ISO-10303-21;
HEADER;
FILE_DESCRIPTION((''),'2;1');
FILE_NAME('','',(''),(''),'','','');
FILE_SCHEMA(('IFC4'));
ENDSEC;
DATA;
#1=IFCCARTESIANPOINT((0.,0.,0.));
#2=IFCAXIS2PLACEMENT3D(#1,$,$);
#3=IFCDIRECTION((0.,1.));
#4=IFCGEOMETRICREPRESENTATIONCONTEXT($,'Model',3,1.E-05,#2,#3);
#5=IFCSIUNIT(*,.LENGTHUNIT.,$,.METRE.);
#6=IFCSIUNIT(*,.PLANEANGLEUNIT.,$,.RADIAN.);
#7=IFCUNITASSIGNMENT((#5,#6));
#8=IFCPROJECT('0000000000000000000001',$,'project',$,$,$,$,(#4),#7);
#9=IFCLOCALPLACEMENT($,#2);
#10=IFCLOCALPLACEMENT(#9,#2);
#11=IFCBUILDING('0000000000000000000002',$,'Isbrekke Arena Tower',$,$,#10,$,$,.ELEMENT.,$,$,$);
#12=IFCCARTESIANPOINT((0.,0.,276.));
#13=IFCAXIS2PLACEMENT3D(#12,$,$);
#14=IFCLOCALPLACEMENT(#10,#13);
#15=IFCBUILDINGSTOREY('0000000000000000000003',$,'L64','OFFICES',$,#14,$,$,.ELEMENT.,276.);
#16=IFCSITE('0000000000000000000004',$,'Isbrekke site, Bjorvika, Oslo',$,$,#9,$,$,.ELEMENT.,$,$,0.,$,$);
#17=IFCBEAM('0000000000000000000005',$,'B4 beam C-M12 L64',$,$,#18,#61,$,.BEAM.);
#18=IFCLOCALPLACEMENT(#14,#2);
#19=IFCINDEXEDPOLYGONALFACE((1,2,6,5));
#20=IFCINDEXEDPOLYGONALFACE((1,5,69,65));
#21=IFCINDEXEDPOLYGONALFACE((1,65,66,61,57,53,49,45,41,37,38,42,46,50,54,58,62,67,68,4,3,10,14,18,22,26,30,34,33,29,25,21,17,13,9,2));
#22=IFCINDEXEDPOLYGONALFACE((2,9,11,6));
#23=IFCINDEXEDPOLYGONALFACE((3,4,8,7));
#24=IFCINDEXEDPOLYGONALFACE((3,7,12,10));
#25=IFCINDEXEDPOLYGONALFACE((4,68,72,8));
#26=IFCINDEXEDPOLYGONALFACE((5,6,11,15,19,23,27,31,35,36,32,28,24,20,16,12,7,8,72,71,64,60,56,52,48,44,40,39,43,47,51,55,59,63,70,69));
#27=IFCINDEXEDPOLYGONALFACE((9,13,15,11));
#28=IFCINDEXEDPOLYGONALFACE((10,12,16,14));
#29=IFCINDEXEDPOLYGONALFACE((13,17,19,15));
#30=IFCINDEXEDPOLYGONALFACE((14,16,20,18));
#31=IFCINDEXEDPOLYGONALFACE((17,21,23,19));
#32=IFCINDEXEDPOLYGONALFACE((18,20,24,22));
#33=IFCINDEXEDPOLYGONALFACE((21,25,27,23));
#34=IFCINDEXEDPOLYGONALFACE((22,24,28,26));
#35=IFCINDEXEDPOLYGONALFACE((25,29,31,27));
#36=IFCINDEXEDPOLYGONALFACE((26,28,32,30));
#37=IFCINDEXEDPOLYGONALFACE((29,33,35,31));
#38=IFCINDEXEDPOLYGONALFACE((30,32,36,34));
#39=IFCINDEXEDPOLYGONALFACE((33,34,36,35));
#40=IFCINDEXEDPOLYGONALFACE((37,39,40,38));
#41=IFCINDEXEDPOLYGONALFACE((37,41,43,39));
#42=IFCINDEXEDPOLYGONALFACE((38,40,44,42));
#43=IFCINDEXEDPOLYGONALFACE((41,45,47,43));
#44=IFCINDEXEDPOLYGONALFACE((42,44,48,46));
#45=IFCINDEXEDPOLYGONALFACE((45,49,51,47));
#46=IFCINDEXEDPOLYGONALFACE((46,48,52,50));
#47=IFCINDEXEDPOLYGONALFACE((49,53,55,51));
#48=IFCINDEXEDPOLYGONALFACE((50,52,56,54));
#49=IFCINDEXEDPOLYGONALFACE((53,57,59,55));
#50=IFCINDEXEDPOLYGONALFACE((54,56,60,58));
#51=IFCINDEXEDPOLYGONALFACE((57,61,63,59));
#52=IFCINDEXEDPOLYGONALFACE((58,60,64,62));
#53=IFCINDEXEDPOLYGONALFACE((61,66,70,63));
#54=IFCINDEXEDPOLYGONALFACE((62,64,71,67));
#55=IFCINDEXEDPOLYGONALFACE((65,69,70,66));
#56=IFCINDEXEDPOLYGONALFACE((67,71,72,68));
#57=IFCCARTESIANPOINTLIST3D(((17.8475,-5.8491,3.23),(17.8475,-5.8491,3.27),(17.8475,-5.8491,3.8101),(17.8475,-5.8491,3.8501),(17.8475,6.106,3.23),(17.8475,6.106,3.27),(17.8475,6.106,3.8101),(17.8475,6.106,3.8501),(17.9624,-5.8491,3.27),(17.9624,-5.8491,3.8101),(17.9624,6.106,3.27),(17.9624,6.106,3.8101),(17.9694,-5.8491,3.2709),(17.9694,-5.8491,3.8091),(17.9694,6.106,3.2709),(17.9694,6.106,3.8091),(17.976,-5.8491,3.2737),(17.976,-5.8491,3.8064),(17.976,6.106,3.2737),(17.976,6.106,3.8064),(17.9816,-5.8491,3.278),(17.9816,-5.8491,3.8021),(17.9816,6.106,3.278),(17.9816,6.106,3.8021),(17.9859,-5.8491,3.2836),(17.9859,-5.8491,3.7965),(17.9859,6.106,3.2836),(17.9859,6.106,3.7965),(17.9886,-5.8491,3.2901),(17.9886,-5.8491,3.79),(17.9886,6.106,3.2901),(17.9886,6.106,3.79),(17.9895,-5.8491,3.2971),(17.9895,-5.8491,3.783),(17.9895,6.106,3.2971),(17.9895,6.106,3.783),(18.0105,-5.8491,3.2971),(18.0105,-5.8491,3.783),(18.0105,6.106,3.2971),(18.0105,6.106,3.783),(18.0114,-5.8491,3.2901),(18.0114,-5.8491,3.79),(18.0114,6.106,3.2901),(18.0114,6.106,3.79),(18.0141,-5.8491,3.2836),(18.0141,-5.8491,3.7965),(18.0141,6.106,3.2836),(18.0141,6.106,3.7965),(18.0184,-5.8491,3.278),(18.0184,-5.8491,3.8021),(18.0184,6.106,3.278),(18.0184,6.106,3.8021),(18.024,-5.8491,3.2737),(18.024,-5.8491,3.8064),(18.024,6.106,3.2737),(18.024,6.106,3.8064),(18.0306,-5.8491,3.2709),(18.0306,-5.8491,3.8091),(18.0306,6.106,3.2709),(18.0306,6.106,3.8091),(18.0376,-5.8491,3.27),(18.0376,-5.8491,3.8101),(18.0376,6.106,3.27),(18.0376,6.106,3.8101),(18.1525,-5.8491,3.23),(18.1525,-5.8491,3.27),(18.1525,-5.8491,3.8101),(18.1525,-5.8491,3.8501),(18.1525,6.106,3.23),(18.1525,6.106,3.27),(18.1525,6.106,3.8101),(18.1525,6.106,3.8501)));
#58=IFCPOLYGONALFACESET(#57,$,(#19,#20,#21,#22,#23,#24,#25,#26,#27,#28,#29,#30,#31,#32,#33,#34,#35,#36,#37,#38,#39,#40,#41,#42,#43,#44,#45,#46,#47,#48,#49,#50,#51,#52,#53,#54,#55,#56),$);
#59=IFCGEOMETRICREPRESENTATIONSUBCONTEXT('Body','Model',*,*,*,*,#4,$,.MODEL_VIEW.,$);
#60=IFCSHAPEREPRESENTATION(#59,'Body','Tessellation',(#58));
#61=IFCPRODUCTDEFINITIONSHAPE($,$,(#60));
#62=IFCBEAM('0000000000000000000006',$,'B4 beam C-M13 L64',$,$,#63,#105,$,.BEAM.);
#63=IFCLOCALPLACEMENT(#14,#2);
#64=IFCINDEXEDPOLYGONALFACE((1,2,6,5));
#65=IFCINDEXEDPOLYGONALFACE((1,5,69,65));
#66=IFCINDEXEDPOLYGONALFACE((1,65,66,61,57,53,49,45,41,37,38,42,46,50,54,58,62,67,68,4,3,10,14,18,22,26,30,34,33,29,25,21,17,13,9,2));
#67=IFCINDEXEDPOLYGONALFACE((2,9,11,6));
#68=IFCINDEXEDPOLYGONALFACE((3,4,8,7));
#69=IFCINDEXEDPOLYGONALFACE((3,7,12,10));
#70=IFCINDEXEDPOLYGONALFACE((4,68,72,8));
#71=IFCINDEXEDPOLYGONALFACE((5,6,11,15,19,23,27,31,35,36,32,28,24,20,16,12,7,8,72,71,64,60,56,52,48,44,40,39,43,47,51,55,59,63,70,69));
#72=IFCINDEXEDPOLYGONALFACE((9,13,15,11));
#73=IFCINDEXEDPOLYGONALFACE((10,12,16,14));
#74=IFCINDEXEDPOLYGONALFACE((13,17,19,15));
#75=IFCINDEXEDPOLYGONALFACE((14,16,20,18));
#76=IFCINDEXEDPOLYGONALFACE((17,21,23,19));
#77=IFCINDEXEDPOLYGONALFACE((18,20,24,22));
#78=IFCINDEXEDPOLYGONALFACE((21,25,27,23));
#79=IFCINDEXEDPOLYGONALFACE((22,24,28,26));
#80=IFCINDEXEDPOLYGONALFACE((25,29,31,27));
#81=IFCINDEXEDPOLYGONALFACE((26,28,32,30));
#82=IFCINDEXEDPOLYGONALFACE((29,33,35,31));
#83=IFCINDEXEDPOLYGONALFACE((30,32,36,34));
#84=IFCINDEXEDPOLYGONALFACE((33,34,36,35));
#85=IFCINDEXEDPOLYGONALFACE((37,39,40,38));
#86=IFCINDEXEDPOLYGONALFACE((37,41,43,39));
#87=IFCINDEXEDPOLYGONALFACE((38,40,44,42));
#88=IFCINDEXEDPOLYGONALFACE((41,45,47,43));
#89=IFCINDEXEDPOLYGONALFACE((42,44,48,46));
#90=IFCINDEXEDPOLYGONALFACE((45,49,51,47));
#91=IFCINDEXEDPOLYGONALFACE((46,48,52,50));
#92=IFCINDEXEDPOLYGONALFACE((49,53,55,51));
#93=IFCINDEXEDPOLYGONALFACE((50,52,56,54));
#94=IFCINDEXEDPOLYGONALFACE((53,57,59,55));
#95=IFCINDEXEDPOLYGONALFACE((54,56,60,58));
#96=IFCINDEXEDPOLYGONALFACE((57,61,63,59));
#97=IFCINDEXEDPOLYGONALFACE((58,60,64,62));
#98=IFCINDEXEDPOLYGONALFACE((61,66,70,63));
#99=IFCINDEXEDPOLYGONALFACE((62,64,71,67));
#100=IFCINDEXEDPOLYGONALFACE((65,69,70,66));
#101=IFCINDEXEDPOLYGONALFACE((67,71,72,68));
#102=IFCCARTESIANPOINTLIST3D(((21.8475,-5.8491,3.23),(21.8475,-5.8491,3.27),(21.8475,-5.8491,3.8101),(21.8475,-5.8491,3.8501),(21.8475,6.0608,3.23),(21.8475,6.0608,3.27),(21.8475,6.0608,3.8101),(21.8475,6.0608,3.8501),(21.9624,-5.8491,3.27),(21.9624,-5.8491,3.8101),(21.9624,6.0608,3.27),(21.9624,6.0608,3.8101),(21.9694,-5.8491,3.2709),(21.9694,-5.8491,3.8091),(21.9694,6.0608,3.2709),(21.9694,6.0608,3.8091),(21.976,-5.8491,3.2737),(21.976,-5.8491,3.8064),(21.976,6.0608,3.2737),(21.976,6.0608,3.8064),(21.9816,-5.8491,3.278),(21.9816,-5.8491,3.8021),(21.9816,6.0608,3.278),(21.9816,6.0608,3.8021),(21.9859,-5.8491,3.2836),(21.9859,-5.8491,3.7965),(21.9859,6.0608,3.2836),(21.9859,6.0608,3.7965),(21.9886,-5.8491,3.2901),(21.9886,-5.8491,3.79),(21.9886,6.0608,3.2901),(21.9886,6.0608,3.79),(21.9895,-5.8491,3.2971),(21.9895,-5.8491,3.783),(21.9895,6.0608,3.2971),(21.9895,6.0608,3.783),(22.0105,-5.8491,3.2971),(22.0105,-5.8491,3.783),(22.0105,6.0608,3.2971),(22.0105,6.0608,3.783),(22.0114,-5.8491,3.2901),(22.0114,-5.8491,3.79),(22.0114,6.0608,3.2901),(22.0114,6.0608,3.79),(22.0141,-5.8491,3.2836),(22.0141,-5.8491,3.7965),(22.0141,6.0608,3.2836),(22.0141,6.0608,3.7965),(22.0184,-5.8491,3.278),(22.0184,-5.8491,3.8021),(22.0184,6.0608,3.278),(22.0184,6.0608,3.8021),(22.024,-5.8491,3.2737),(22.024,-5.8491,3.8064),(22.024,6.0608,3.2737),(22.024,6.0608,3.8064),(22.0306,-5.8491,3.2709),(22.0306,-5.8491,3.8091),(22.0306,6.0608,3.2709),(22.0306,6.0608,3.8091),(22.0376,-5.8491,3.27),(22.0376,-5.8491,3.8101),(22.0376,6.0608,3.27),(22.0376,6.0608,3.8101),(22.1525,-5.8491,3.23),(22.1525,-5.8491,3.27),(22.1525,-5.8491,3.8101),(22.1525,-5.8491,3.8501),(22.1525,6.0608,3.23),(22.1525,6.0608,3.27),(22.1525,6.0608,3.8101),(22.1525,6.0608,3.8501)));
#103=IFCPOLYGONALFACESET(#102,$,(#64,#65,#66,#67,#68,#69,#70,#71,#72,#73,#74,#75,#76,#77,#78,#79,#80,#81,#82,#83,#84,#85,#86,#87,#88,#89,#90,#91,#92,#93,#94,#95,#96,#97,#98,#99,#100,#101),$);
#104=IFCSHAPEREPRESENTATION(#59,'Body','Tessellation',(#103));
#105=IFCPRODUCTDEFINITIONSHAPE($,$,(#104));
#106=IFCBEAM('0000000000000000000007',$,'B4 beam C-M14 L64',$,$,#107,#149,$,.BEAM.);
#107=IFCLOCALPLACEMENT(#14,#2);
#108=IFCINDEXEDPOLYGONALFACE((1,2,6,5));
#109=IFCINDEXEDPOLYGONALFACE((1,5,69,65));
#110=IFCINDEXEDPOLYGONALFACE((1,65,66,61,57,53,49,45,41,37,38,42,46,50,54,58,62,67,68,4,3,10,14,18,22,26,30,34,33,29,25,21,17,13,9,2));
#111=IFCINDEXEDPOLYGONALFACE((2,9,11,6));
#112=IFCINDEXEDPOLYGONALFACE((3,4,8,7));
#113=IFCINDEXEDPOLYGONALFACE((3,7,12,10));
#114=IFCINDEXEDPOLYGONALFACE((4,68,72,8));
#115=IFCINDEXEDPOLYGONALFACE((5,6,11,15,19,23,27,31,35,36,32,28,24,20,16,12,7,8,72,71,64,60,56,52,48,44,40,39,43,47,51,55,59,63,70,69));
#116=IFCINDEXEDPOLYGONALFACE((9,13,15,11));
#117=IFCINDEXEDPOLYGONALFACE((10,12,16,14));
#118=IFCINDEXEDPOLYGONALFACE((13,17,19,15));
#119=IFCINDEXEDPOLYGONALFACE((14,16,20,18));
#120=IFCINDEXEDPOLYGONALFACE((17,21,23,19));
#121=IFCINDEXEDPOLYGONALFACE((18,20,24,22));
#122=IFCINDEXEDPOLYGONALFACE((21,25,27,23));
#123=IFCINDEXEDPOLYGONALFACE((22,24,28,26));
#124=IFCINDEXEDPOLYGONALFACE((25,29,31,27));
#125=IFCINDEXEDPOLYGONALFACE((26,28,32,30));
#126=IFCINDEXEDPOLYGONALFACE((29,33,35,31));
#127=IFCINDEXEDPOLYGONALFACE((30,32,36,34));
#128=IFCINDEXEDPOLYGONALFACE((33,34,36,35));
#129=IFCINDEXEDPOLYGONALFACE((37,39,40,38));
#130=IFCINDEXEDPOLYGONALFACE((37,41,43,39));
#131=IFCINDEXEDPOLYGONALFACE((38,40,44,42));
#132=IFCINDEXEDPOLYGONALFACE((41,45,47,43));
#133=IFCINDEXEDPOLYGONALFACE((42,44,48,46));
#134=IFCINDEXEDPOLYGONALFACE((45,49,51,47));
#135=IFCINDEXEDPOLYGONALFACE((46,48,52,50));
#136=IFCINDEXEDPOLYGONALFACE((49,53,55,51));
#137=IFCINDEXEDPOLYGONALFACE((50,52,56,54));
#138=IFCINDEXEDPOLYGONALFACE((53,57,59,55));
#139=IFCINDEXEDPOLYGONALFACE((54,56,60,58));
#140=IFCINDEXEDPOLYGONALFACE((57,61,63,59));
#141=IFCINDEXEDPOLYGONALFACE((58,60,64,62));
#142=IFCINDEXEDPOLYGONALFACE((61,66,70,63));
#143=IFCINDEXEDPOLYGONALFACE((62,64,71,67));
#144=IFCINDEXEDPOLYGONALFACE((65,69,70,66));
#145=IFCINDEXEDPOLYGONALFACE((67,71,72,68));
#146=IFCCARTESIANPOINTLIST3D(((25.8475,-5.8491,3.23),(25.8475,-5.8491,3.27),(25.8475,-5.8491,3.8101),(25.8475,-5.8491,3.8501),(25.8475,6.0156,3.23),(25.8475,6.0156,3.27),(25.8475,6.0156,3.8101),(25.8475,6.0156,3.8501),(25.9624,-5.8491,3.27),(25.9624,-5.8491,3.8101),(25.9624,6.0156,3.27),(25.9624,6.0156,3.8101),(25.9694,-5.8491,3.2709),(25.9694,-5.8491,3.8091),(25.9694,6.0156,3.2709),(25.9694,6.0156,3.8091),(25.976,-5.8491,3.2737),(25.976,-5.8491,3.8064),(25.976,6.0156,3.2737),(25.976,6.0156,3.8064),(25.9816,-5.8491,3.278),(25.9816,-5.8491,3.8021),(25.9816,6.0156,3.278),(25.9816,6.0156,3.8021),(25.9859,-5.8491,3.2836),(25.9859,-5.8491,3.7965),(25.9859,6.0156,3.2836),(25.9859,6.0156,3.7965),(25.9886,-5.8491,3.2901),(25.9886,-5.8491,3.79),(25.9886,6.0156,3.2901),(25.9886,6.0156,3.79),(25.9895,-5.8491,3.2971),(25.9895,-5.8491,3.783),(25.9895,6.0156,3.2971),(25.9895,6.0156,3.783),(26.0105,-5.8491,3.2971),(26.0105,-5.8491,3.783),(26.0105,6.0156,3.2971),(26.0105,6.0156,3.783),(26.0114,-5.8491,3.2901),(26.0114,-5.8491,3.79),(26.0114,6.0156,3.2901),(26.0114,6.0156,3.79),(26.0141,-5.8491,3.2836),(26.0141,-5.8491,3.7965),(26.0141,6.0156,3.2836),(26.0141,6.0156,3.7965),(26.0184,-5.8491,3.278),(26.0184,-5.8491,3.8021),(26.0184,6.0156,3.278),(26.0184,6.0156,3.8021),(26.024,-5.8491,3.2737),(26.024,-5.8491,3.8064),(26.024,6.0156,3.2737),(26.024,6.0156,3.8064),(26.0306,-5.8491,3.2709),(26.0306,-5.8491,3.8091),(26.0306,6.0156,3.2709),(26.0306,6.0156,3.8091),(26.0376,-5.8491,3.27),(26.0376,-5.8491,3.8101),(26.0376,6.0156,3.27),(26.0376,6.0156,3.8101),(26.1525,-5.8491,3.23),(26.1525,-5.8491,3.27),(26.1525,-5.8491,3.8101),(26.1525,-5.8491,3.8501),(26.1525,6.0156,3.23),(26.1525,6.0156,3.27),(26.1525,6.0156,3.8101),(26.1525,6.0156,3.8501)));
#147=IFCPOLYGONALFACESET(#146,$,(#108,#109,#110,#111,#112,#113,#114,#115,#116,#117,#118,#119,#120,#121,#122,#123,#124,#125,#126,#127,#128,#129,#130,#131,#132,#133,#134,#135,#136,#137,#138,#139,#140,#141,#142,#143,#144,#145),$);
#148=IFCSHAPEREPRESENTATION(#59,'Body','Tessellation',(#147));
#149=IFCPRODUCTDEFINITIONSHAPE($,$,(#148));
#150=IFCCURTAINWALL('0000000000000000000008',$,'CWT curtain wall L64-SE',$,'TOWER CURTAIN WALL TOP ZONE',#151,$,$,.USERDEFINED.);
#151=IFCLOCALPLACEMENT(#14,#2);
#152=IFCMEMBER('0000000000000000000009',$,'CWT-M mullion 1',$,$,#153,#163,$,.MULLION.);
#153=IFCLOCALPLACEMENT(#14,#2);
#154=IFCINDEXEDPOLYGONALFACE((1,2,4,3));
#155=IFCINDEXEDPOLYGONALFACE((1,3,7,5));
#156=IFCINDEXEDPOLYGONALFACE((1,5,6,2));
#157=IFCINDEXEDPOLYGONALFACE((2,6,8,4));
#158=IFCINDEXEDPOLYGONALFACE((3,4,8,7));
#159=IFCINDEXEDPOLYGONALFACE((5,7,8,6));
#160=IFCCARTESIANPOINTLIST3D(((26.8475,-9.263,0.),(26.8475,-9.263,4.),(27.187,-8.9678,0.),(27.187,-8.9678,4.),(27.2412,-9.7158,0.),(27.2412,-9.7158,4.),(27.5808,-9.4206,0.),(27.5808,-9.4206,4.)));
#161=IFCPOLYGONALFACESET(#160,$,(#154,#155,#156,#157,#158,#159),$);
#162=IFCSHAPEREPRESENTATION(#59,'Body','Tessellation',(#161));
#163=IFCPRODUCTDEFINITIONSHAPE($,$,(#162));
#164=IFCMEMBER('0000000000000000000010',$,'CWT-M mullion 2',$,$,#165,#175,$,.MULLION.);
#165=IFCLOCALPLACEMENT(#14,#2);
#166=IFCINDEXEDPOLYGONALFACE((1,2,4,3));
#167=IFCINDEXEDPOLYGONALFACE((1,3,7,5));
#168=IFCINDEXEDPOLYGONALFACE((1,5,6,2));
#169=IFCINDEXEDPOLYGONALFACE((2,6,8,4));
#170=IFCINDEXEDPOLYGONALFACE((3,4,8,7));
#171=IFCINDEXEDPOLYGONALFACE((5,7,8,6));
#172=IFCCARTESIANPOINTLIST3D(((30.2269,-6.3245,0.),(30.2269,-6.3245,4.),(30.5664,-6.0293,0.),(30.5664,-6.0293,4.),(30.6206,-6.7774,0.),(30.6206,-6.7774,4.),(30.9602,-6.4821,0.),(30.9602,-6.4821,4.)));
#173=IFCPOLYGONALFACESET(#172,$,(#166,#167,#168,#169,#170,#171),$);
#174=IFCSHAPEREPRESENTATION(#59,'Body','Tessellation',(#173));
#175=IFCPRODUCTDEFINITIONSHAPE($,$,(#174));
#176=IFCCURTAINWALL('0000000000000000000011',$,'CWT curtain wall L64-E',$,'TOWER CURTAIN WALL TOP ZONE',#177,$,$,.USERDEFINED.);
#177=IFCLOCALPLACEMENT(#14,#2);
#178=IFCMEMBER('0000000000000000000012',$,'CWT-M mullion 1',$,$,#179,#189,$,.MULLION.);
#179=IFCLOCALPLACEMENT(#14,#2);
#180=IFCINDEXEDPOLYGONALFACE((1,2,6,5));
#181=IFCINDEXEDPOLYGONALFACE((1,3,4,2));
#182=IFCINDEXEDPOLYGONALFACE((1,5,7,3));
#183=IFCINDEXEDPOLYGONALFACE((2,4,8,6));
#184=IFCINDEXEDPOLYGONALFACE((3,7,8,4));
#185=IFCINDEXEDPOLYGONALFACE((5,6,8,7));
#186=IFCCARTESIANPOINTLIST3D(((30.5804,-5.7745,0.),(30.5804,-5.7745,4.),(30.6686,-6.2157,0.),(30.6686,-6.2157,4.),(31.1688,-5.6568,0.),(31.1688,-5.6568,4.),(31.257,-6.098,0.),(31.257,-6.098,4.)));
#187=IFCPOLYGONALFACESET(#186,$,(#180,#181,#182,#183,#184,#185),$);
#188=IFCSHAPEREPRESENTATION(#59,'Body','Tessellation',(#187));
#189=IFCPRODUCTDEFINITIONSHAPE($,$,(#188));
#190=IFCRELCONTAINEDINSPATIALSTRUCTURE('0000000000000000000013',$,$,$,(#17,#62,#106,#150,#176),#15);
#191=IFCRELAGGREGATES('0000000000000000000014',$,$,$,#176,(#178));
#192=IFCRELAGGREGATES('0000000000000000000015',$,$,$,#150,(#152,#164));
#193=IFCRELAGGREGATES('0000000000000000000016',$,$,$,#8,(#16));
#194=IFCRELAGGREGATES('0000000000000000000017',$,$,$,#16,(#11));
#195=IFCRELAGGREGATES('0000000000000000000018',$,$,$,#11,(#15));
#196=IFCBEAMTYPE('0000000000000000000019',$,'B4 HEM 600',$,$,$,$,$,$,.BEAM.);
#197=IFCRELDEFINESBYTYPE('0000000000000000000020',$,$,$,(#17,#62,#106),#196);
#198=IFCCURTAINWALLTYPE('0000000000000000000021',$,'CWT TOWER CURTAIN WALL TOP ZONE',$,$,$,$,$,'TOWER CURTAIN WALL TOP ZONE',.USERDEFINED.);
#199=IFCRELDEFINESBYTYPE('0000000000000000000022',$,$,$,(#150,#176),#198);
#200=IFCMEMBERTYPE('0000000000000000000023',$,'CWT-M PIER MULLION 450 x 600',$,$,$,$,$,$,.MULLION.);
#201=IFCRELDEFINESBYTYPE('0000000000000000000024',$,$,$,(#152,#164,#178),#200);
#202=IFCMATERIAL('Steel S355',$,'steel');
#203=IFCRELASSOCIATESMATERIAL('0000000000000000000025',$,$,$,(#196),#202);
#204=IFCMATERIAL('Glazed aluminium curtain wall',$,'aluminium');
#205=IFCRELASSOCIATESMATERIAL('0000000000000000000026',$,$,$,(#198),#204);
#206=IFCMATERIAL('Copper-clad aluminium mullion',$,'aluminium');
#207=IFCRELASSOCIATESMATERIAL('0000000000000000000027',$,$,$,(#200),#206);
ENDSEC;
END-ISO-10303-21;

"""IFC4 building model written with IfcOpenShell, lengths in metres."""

from ifc_helpers import new_model, si_unit, direction, frame, origin, origin_2d, place, context, subcontext, project, spatial, rectangle, i_section, extrude, material, material_profile, profile_set, type_object, element, aggregate, save


model = new_model("IFC4")

# Units and contexts
model_context = context("Model", 3, precision=1e-05, world=origin(), true_north=direction((0.0, 1.0)))
body_context = subcontext(model_context, "Body", "Model", "MODEL_VIEW")
ifc_project = project(units=[si_unit("LENGTHUNIT", "METRE"), si_unit("PLANEANGLEUNIT", "RADIAN")], contexts=[model_context])

# Site, building, storey
site_placement = place(None, origin())
site = spatial("IfcSite", under=ifc_project, at=site_placement, Name="Isbrekke site, Bjorvika, Oslo", CompositionType="ELEMENT", RefElevation=0.0)
building_placement = place(site_placement, origin())
building = spatial("IfcBuilding", under=site, at=building_placement, Name="Isbrekke Arena Tower", CompositionType="ELEMENT")
storey_placement = place(building_placement, frame((0.0, 0.0, 276.0)))
storey = spatial("IfcBuildingStorey", under=building, at=storey_placement, Name="L64", Description="OFFICES", CompositionType="ELEMENT", Elevation=276.0)

# Beams
ifc_material_1 = material(Name="Steel S355", Category="steel")
ifc_material_profile_1 = material_profile(ifc_material_1, i_section(OverallWidth=0.3049, OverallDepth=0.6201, WebThickness=0.021, FlangeThickness=0.04, FilletRadius=0.0271, at=origin_2d()), Name="HEM 600")
ifc_profile_set_1 = profile_set([ifc_material_profile_1], Name="Steel S355")
beam_type_1 = type_object("IfcBeamType", Name="B4 HEM 600", PredefinedType="BEAM", material=ifc_profile_set_1)
beam_1_placement = place(storey_placement, frame((18.0, -5.8491, 3.54), z_axis=(0.0, 1.0, 0.0), x_axis=(-1.0, 0.0, 0.0)))
element("IfcBeam", 1, at=beam_1_placement, inside=storey, type_object=beam_type_1, Name="B4 beam C-M12 L64", PredefinedType="BEAM", context=body_context, shape_type="SweptSolid", body=[
    extrude(i_section(OverallWidth=0.3049, OverallDepth=0.6201, WebThickness=0.021, FlangeThickness=0.04, FilletRadius=0.0271, at=origin_2d()), origin(), (0.0, 0.0, 1.0), 11.9551),
])
beam_2_placement = place(storey_placement, frame((22.0, -5.8491, 3.54), z_axis=(0.0, 1.0, 0.0), x_axis=(-1.0, 0.0, 0.0)))
element("IfcBeam", 2, at=beam_2_placement, inside=storey, type_object=beam_type_1, Name="B4 beam C-M13 L64", PredefinedType="BEAM", context=body_context, shape_type="SweptSolid", body=[
    extrude(i_section(OverallWidth=0.3049, OverallDepth=0.6201, WebThickness=0.021, FlangeThickness=0.04, FilletRadius=0.0271, at=origin_2d()), origin(), (0.0, 0.0, 1.0), 11.9099),
])
beam_3_placement = place(storey_placement, frame((26.0, -5.8491, 3.54), z_axis=(0.0, 1.0, 0.0), x_axis=(-1.0, 0.0, 0.0)))
element("IfcBeam", 3, at=beam_3_placement, inside=storey, type_object=beam_type_1, Name="B4 beam C-M14 L64", PredefinedType="BEAM", context=body_context, shape_type="SweptSolid", body=[
    extrude(i_section(OverallWidth=0.3049, OverallDepth=0.6201, WebThickness=0.021, FlangeThickness=0.04, FilletRadius=0.0271, at=origin_2d()), origin(), (0.0, 0.0, 1.0), 11.8647),
])

# Curtain wall, members
ifc_material_2 = material(Name="Glazed aluminium curtain wall", Category="aluminium")
curtain_wall_type = type_object("IfcCurtainWallType", Name="CWT TOWER CURTAIN WALL TOP ZONE", ElementType="TOWER CURTAIN WALL TOP ZONE", PredefinedType="USERDEFINED", material=ifc_material_2)
curtain_wall_1_placement = place(storey_placement, origin())
curtain_wall_1 = element("IfcCurtainWall", 4, at=curtain_wall_1_placement, inside=storey, type_object=curtain_wall_type, Name="CWT curtain wall L64-SE", ObjectType="TOWER CURTAIN WALL TOP ZONE", PredefinedType="USERDEFINED")
ifc_material_3 = material(Name="Copper-clad aluminium mullion", Category="aluminium")
ifc_material_profile_2 = material_profile(ifc_material_3, rectangle(XDim=0.45, YDim=0.6001, at=origin_2d()), Name="PIER 450X600")
ifc_profile_set_2 = profile_set([ifc_material_profile_2], Name="Copper-clad aluminium mullion")
member_type_1 = type_object("IfcMemberType", Name="CWT-M PIER MULLION 450 x 600", PredefinedType="MULLION", material=ifc_profile_set_2)
member_1_placement = place(storey_placement, frame((27.2141, -9.3418, 0.0), z_axis=(0.0, 0.0, 1.0), x_axis=(0.754606, 0.656179, 0.0)))
member_1 = element("IfcMember", 5, at=member_1_placement, type_object=member_type_1, Name="CWT-M mullion 1", PredefinedType="MULLION", context=body_context, shape_type="SweptSolid", body=[
    extrude(rectangle(XDim=0.45, YDim=0.6001, at=origin_2d()), origin(), (0.0, 0.0, 1.0), 4.0),
])
member_2_placement = place(storey_placement, frame((30.5935, -6.4033, 0.0), z_axis=(0.0, 0.0, 1.0), x_axis=(0.754606, 0.656179, 0.0)))
member_2 = element("IfcMember", 6, at=member_2_placement, type_object=member_type_1, Name="CWT-M mullion 2", PredefinedType="MULLION", context=body_context, shape_type="SweptSolid", body=[
    extrude(rectangle(XDim=0.45, YDim=0.6001, at=origin_2d()), origin(), (0.0, 0.0, 1.0), 4.0),
])

# Curtain wall, member
curtain_wall_2_placement = place(storey_placement, origin())
curtain_wall_2 = element("IfcCurtainWall", 7, at=curtain_wall_2_placement, inside=storey, type_object=curtain_wall_type, Name="CWT curtain wall L64-E", ObjectType="TOWER CURTAIN WALL TOP ZONE", PredefinedType="USERDEFINED")
member_3_placement = place(storey_placement, frame((30.9187, -5.9363, 0.0), z_axis=(0.0, 0.0, 1.0), x_axis=(-0.196116, 0.980581, 0.0)))
member_3 = element("IfcMember", 8, at=member_3_placement, type_object=member_type_1, Name="CWT-M mullion 1", PredefinedType="MULLION", context=body_context, shape_type="SweptSolid", body=[
    extrude(rectangle(XDim=0.45, YDim=0.6001, at=origin_2d()), origin(), (0.0, 0.0, 1.0), 4.0),
])
aggregate(curtain_wall_2, [member_3])

aggregate(curtain_wall_1, [member_1, member_2])

save(model, "model.ifc")
